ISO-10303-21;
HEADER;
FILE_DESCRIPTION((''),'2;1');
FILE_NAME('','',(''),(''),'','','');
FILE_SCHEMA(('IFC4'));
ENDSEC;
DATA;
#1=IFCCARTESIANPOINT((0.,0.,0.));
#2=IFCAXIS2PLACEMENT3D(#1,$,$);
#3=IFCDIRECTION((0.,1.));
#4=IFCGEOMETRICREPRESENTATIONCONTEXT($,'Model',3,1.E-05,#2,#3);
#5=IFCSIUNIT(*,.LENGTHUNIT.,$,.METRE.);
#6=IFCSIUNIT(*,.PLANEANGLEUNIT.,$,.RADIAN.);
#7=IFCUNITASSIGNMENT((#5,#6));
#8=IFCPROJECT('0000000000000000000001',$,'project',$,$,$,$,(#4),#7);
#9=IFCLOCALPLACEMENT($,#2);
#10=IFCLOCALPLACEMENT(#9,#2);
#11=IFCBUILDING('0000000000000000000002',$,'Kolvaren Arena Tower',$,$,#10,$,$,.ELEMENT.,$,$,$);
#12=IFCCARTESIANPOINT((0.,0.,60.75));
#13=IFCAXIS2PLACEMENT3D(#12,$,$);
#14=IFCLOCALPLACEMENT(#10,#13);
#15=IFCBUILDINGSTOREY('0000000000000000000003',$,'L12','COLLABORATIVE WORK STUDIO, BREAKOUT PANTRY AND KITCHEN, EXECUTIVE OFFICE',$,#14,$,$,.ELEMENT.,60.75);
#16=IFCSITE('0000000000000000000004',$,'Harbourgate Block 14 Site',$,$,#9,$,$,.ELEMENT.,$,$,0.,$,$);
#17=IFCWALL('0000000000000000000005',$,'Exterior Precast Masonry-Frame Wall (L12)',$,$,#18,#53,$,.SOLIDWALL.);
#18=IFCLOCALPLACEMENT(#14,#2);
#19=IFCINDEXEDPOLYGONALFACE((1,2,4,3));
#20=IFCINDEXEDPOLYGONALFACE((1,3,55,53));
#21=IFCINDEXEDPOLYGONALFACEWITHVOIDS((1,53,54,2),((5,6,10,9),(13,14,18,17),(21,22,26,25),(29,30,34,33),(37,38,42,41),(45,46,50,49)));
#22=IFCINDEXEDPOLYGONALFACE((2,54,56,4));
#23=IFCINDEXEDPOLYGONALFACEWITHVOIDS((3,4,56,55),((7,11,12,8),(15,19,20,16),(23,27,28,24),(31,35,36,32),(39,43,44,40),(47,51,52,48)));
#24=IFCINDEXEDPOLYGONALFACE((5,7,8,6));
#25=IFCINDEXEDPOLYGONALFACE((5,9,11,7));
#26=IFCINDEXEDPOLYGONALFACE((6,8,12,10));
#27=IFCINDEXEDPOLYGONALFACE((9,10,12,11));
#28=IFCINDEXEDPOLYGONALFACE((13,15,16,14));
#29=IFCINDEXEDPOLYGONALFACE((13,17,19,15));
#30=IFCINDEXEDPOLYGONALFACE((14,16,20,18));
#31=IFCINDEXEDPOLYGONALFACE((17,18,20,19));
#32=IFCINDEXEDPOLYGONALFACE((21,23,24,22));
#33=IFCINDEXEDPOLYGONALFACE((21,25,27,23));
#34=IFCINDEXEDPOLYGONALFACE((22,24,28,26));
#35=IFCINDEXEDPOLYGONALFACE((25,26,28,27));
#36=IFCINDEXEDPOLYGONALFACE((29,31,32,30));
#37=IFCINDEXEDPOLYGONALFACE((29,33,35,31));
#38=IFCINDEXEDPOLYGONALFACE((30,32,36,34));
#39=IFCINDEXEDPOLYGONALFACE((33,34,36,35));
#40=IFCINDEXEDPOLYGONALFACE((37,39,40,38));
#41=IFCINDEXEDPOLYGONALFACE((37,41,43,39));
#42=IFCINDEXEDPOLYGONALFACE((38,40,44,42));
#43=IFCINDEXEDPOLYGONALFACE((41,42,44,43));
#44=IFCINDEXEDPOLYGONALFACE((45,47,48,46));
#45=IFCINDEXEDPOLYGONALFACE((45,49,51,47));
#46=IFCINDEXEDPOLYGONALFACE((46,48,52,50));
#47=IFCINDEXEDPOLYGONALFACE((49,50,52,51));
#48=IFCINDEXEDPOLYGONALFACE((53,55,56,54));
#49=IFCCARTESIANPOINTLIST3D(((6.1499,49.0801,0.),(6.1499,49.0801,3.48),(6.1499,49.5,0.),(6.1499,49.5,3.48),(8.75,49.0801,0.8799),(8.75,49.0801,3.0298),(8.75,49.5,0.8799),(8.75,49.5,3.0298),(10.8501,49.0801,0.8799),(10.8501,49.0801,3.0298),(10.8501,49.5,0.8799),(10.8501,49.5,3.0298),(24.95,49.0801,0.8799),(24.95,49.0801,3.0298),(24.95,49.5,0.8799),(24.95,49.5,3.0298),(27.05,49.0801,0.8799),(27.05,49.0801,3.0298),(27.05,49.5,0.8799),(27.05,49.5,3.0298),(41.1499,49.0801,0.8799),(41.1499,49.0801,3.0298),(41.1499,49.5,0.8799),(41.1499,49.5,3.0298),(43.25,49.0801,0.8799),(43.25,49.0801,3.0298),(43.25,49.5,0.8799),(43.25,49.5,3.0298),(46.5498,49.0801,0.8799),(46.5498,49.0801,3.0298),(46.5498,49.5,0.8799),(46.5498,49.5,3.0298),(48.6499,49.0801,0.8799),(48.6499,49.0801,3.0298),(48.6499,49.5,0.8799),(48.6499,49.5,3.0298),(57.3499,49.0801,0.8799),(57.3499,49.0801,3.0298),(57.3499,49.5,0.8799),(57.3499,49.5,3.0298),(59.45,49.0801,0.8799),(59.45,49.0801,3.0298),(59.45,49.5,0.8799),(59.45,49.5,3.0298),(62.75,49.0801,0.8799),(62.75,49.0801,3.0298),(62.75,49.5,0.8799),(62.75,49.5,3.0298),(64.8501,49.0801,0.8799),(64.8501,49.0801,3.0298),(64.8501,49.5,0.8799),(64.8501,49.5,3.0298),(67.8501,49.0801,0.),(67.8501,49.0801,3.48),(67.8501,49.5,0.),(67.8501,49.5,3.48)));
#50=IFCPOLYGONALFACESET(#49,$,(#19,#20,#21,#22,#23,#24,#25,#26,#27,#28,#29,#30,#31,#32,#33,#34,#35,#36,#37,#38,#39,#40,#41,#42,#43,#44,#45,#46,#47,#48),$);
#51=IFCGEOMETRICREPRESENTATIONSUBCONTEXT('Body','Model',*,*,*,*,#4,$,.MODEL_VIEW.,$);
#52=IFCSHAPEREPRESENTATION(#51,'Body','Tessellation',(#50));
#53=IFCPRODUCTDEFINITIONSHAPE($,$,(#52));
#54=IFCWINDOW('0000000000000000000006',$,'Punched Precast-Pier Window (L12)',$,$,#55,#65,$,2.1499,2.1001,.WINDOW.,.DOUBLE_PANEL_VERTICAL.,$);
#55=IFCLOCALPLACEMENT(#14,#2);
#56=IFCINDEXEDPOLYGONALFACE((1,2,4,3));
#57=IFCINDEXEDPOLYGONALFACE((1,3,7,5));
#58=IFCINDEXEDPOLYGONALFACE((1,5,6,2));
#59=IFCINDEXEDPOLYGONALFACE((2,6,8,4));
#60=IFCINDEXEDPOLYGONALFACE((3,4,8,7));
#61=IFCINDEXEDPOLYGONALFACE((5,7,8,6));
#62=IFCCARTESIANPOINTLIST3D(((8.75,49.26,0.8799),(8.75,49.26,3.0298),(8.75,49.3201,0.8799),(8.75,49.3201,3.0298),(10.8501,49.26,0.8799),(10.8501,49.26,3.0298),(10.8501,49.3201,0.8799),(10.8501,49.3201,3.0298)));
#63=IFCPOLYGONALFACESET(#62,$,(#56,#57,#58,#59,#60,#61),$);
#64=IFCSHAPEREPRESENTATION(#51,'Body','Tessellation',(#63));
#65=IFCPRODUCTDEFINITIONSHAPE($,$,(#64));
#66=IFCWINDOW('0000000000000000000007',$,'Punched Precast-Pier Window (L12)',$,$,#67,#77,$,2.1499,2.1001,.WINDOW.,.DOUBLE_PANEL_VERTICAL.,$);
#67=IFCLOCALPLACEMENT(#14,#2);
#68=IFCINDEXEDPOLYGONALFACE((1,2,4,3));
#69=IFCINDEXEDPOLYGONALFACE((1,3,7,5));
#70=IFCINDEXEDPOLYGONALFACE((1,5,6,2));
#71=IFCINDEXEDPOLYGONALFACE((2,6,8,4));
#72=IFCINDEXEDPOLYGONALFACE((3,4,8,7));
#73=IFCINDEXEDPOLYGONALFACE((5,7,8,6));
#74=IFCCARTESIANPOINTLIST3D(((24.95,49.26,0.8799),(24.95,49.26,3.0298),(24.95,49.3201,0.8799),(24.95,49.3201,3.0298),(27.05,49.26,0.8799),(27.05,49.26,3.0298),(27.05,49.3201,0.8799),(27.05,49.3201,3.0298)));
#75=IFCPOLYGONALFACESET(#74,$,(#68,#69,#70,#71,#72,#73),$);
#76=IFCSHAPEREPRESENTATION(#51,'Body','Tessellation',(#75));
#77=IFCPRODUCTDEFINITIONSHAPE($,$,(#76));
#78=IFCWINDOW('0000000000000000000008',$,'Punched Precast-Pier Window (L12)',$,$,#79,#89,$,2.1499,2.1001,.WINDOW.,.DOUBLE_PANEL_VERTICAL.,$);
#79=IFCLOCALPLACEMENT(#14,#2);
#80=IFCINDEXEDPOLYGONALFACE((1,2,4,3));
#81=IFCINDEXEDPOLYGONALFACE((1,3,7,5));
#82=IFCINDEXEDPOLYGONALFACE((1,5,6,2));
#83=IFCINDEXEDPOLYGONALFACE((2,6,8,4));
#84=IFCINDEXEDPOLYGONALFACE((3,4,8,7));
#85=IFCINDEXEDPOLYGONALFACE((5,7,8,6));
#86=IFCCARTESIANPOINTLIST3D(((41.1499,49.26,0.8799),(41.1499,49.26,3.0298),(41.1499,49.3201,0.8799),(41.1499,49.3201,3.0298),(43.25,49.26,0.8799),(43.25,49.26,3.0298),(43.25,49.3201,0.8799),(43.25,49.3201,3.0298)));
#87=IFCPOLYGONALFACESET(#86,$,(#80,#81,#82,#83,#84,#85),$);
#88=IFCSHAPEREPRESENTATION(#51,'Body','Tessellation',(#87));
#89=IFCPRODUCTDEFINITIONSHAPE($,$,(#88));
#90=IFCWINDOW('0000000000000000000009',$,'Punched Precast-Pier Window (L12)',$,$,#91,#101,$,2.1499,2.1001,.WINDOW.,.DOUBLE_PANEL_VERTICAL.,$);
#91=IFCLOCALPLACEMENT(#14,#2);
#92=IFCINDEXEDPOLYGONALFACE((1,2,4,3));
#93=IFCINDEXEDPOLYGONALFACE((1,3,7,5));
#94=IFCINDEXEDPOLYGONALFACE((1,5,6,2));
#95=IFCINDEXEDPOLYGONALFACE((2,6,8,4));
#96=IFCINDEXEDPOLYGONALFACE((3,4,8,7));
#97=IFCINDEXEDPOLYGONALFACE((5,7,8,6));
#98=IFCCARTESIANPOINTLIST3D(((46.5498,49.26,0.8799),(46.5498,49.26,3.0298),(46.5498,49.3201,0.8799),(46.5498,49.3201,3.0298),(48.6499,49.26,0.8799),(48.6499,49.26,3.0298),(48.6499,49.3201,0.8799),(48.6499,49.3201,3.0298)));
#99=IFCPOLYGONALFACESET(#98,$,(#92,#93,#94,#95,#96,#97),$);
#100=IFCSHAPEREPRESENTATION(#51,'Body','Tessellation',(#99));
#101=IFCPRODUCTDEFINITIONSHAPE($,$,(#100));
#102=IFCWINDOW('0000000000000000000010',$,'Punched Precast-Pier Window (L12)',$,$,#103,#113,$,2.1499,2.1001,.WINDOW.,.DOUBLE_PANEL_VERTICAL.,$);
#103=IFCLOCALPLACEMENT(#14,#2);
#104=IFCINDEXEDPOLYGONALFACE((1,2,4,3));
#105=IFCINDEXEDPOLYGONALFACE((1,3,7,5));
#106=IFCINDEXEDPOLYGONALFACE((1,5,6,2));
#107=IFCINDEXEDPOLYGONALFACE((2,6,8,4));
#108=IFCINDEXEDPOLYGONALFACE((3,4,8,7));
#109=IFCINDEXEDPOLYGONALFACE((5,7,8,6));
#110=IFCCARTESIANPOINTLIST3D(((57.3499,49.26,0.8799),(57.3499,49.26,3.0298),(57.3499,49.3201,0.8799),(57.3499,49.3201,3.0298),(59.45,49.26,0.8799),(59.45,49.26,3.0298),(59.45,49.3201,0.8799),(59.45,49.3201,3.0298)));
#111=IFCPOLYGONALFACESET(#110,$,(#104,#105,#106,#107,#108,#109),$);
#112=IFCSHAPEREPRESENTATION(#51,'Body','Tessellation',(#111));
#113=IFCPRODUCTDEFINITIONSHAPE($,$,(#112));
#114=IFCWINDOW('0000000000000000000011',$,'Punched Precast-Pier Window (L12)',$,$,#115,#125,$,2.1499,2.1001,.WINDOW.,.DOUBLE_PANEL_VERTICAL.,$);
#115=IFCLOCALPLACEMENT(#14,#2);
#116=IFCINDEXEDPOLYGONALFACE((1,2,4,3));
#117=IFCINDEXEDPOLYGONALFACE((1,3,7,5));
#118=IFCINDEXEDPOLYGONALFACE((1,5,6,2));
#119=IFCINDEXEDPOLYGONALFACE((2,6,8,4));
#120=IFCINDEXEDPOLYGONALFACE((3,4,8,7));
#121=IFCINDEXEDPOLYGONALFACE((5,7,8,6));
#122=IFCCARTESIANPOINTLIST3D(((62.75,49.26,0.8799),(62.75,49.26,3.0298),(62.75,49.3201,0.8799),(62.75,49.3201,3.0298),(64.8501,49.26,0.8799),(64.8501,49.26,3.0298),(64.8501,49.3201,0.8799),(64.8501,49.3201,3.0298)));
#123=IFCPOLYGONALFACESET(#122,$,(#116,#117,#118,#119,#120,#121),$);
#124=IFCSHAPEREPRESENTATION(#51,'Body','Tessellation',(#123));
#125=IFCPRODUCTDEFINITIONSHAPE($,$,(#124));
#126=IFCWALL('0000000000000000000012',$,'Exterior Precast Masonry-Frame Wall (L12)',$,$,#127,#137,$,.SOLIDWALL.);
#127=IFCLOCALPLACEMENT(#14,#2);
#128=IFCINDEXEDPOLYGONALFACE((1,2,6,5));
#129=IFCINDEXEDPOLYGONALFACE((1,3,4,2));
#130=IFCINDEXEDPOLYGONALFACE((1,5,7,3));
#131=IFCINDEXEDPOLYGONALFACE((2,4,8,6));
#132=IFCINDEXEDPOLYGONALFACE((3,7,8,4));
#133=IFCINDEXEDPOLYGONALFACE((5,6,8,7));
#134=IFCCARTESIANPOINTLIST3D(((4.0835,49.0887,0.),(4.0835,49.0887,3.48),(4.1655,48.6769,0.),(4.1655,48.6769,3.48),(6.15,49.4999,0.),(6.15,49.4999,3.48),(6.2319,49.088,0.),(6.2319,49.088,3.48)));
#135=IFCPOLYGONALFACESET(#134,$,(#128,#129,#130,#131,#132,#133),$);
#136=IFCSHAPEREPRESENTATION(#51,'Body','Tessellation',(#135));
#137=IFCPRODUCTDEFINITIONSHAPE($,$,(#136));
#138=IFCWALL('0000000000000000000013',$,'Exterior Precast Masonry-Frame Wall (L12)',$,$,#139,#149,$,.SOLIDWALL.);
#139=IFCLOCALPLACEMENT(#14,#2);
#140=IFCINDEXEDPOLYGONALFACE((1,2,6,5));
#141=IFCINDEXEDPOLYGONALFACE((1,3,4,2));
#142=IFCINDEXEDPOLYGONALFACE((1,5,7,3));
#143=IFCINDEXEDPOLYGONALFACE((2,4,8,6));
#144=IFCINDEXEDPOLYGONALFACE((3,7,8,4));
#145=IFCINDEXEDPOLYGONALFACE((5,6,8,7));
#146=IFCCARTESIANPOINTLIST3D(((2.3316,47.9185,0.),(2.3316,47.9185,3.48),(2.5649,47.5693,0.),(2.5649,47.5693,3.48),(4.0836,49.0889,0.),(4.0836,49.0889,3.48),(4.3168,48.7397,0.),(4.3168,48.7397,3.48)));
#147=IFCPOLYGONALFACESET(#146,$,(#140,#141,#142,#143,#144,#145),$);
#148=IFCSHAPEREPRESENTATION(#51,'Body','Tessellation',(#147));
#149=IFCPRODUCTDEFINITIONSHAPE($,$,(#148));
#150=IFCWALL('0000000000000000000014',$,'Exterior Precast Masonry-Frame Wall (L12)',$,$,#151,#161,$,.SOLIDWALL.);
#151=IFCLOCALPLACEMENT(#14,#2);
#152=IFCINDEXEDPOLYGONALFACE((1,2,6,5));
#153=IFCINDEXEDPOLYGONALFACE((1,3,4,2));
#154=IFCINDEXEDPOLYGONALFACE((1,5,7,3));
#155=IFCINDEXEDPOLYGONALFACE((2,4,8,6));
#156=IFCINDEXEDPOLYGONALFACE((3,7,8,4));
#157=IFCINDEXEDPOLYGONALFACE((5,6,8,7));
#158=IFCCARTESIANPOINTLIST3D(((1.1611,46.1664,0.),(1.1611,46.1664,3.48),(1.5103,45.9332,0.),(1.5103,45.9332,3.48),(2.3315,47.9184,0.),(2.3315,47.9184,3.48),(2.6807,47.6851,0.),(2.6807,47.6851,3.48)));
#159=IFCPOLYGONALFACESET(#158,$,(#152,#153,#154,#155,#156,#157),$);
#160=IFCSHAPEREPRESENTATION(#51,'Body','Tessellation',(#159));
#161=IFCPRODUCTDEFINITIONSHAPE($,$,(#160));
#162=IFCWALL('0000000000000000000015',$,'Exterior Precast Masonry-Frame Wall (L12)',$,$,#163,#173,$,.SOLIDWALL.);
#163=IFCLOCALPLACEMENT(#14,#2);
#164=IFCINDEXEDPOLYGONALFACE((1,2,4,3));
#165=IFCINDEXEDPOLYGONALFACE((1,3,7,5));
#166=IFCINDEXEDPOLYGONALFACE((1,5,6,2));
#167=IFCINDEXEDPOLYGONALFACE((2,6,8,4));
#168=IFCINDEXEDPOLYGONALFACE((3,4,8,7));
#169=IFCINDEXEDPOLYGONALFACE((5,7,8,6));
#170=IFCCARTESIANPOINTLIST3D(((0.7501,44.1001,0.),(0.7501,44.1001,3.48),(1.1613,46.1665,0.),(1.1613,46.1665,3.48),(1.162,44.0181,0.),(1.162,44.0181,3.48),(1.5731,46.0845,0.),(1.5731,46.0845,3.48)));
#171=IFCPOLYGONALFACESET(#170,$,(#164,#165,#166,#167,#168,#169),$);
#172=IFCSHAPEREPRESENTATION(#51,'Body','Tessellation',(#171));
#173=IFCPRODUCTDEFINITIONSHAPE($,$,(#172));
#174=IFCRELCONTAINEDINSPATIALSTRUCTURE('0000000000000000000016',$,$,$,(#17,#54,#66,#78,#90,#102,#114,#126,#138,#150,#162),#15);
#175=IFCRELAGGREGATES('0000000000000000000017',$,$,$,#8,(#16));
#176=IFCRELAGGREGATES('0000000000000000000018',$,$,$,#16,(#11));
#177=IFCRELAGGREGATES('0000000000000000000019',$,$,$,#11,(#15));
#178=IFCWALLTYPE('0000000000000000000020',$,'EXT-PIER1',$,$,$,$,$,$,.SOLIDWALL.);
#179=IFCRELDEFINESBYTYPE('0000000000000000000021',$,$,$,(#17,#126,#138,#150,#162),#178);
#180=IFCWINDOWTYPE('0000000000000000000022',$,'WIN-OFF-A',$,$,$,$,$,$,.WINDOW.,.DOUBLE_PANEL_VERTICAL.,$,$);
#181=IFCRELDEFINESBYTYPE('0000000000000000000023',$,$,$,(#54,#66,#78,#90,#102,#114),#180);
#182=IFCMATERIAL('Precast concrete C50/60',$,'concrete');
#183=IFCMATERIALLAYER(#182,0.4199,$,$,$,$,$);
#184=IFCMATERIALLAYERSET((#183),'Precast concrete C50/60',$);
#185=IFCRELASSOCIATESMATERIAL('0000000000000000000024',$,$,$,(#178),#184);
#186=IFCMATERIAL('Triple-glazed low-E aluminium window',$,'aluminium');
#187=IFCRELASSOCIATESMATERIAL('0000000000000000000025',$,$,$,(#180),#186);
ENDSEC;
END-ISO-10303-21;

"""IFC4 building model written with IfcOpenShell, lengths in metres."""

from ifc_helpers import new_model, si_unit, direction, frame, frame_2d, origin, place, context, subcontext, project, spatial, rectangle, extrude, material, layer, layer_set, type_object, element, fill, save


model = new_model("IFC4")

# Units and contexts
model_context = context("Model", 3, precision=1e-05, world=origin(), true_north=direction((0.0, 1.0)))
body_context = subcontext(model_context, "Body", "Model", "MODEL_VIEW")
ifc_project = project(units=[si_unit("LENGTHUNIT", "METRE"), si_unit("PLANEANGLEUNIT", "RADIAN")], contexts=[model_context])

# Site, building, storey
site_placement = place(None, origin())
site = spatial("IfcSite", under=ifc_project, at=site_placement, Name="Harbourgate Block 14 Site", CompositionType="ELEMENT", RefElevation=0.0)
building_placement = place(site_placement, origin())
building = spatial("IfcBuilding", under=site, at=building_placement, Name="Kolvaren Arena Tower", CompositionType="ELEMENT")
storey_placement = place(building_placement, frame((0.0, 0.0, 60.75)))
storey = spatial("IfcBuildingStorey", under=building, at=storey_placement, Name="L12", Description="COLLABORATIVE WORK STUDIO, BREAKOUT PANTRY AND KITCHEN, EXECUTIVE OFFICE", CompositionType="ELEMENT", Elevation=60.75)

# Wall, openings, windows
ifc_material_1 = material(Name="Precast concrete C50/60", Category="concrete")
ifc_layer = layer(ifc_material_1, 0.4199)
ifc_layer_set = layer_set([ifc_layer], Name="Precast concrete C50/60")
wall_type = type_object("IfcWallType", Name="EXT-PIER1", PredefinedType="SOLIDWALL", material=ifc_layer_set)
wall_placement = place(storey_placement, frame((6.1499, 49.29, 0.0), z_axis=(0.0, 0.0, 1.0), x_axis=(1.0, 0.0, 0.0)))
wall = element("IfcWall", 1, at=wall_placement, inside=storey, type_object=wall_type, Name="Exterior Precast Masonry-Frame Wall (L12)", PredefinedType="SOLIDWALL", context=body_context, shape_type="SweptSolid", body=[
    extrude(rectangle(XDim=61.7002, YDim=0.4199, at=frame_2d((30.8501, 0.0))), origin(), (0.0, 0.0, 1.0), 3.48),
])
opening_1_placement = place(wall_placement, frame((2.6001, 0.0, 0.8799)))
opening_1 = element("IfcOpeningElement", 2, at=opening_1_placement, cuts=wall, PredefinedType="OPENING", context=body_context, shape_type="SweptSolid", body=[
    extrude(rectangle(XDim=2.1001, YDim=2.1499, at=frame_2d((1.05, 1.075))), frame((0.0, 0.22, 0.0), z_axis=(0.0, -1.0, 0.0), x_axis=(1.0, 0.0, 0.0)), (0.0, 0.0, 1.0), 0.4399),
])
opening_2_placement = place(wall_placement, frame((18.8, 0.0, 0.8799)))
opening_2 = element("IfcOpeningElement", 3, at=opening_2_placement, cuts=wall, PredefinedType="OPENING", context=body_context, shape_type="SweptSolid", body=[
    extrude(rectangle(XDim=2.1001, YDim=2.1499, at=frame_2d((1.05, 1.075))), frame((0.0, 0.22, 0.0), z_axis=(0.0, -1.0, 0.0), x_axis=(1.0, 0.0, 0.0)), (0.0, 0.0, 1.0), 0.4399),
])
opening_3_placement = place(wall_placement, frame((35.0, 0.0, 0.8799)))
opening_3 = element("IfcOpeningElement", 4, at=opening_3_placement, cuts=wall, PredefinedType="OPENING", context=body_context, shape_type="SweptSolid", body=[
    extrude(rectangle(XDim=2.1001, YDim=2.1499, at=frame_2d((1.05, 1.075))), frame((0.0, 0.22, 0.0), z_axis=(0.0, -1.0, 0.0), x_axis=(1.0, 0.0, 0.0)), (0.0, 0.0, 1.0), 0.4399),
])
opening_4_placement = place(wall_placement, frame((40.3999, 0.0, 0.8799)))
opening_4 = element("IfcOpeningElement", 5, at=opening_4_placement, cuts=wall, PredefinedType="OPENING", context=body_context, shape_type="SweptSolid", body=[
    extrude(rectangle(XDim=2.1001, YDim=2.1499, at=frame_2d((1.05, 1.075))), frame((0.0, 0.22, 0.0), z_axis=(0.0, -1.0, 0.0), x_axis=(1.0, 0.0, 0.0)), (0.0, 0.0, 1.0), 0.4399),
])
opening_5_placement = place(wall_placement, frame((51.2, 0.0, 0.8799)))
opening_5 = element("IfcOpeningElement", 6, at=opening_5_placement, cuts=wall, PredefinedType="OPENING", context=body_context, shape_type="SweptSolid", body=[
    extrude(rectangle(XDim=2.1001, YDim=2.1499, at=frame_2d((1.05, 1.075))), frame((0.0, 0.22, 0.0), z_axis=(0.0, -1.0, 0.0), x_axis=(1.0, 0.0, 0.0)), (0.0, 0.0, 1.0), 0.4399),
])
opening_6_placement = place(wall_placement, frame((56.6001, 0.0, 0.8799)))
opening_6 = element("IfcOpeningElement", 7, at=opening_6_placement, cuts=wall, PredefinedType="OPENING", context=body_context, shape_type="SweptSolid", body=[
    extrude(rectangle(XDim=2.1001, YDim=2.1499, at=frame_2d((1.05, 1.075))), frame((0.0, 0.22, 0.0), z_axis=(0.0, -1.0, 0.0), x_axis=(1.0, 0.0, 0.0)), (0.0, 0.0, 1.0), 0.4399),
])
ifc_material_2 = material(Name="Triple-glazed low-E aluminium window", Category="aluminium")
window_type = type_object("IfcWindowType", Name="WIN-OFF-A", PartitioningType="DOUBLE_PANEL_VERTICAL", PredefinedType="WINDOW", material=ifc_material_2)
window_1_placement = place(opening_1_placement, origin())
window_1 = element("IfcWindow", 8, at=window_1_placement, inside=storey, type_object=window_type, Name="Punched Precast-Pier Window (L12)", OverallHeight=2.1499, OverallWidth=2.1001, PartitioningType="DOUBLE_PANEL_VERTICAL", PredefinedType="WINDOW", context=body_context, shape_type="SweptSolid", body=[
    extrude(rectangle(XDim=2.1001, YDim=2.1499, at=frame_2d((1.05, 1.075))), frame((0.0, 0.03, 0.0), z_axis=(0.0, -1.0, 0.0), x_axis=(1.0, 0.0, 0.0)), (0.0, 0.0, 1.0), 0.0601),
])
fill(opening_1, window_1)
window_2_placement = place(opening_2_placement, origin())
window_2 = element("IfcWindow", 9, at=window_2_placement, inside=storey, type_object=window_type, Name="Punched Precast-Pier Window (L12)", OverallHeight=2.1499, OverallWidth=2.1001, PartitioningType="DOUBLE_PANEL_VERTICAL", PredefinedType="WINDOW", context=body_context, shape_type="SweptSolid", body=[
    extrude(rectangle(XDim=2.1001, YDim=2.1499, at=frame_2d((1.05, 1.075))), frame((0.0, 0.03, 0.0), z_axis=(0.0, -1.0, 0.0), x_axis=(1.0, 0.0, 0.0)), (0.0, 0.0, 1.0), 0.0601),
])
fill(opening_2, window_2)
window_3_placement = place(opening_3_placement, origin())
window_3 = element("IfcWindow", 10, at=window_3_placement, inside=storey, type_object=window_type, Name="Punched Precast-Pier Window (L12)", OverallHeight=2.1499, OverallWidth=2.1001, PartitioningType="DOUBLE_PANEL_VERTICAL", PredefinedType="WINDOW", context=body_context, shape_type="SweptSolid", body=[
    extrude(rectangle(XDim=2.1001, YDim=2.1499, at=frame_2d((1.05, 1.075))), frame((0.0, 0.03, 0.0), z_axis=(0.0, -1.0, 0.0), x_axis=(1.0, 0.0, 0.0)), (0.0, 0.0, 1.0), 0.0601),
])
fill(opening_3, window_3)
window_4_placement = place(opening_4_placement, origin())
window_4 = element("IfcWindow", 11, at=window_4_placement, inside=storey, type_object=window_type, Name="Punched Precast-Pier Window (L12)", OverallHeight=2.1499, OverallWidth=2.1001, PartitioningType="DOUBLE_PANEL_VERTICAL", PredefinedType="WINDOW", context=body_context, shape_type="SweptSolid", body=[
    extrude(rectangle(XDim=2.1001, YDim=2.1499, at=frame_2d((1.05, 1.075))), frame((0.0, 0.03, 0.0), z_axis=(0.0, -1.0, 0.0), x_axis=(1.0, 0.0, 0.0)), (0.0, 0.0, 1.0), 0.0601),
])
fill(opening_4, window_4)
window_5_placement = place(opening_5_placement, origin())
window_5 = element("IfcWindow", 12, at=window_5_placement, inside=storey, type_object=window_type, Name="Punched Precast-Pier Window (L12)", OverallHeight=2.1499, OverallWidth=2.1001, PartitioningType="DOUBLE_PANEL_VERTICAL", PredefinedType="WINDOW", context=body_context, shape_type="SweptSolid", body=[
    extrude(rectangle(XDim=2.1001, YDim=2.1499, at=frame_2d((1.05, 1.075))), frame((0.0, 0.03, 0.0), z_axis=(0.0, -1.0, 0.0), x_axis=(1.0, 0.0, 0.0)), (0.0, 0.0, 1.0), 0.0601),
])
fill(opening_5, window_5)
window_6_placement = place(opening_6_placement, origin())
window_6 = element("IfcWindow", 13, at=window_6_placement, inside=storey, type_object=window_type, Name="Punched Precast-Pier Window (L12)", OverallHeight=2.1499, OverallWidth=2.1001, PartitioningType="DOUBLE_PANEL_VERTICAL", PredefinedType="WINDOW", context=body_context, shape_type="SweptSolid", body=[
    extrude(rectangle(XDim=2.1001, YDim=2.1499, at=frame_2d((1.05, 1.075))), frame((0.0, 0.03, 0.0), z_axis=(0.0, -1.0, 0.0), x_axis=(1.0, 0.0, 0.0)), (0.0, 0.0, 1.0), 0.0601),
])
fill(opening_6, window_6)

# Walls
for number, where, z_axis, x_axis, name in (
    (14, (4.1245, 48.8828, 0.0), (0.0, 0.0, 1.0), (0.980776, 0.195136, 0.0), "Exterior Precast Masonry-Frame Wall (L12)"),
    (15, (2.4482, 47.7439, 0.0), (0.0, 0.0, 1.0), (0.831515, 0.555502, 0.0), "Exterior Precast Masonry-Frame Wall (L12)"),
    (16, (1.3357, 46.0498, 0.0), (0.0, 0.0, 1.0), (0.555502, 0.831515, 0.0), "Exterior Precast Masonry-Frame Wall (L12)"),
    (17, (0.9561, 44.0591, 0.0), (0.0, 0.0, 1.0), (0.195136, 0.980776, 0.0), "Exterior Precast Masonry-Frame Wall (L12)"),
):
    element("IfcWall", number, at=place(storey_placement, frame(where, z_axis=z_axis, x_axis=x_axis)), inside=storey, type_object=wall_type, Name=name, PredefinedType="SOLIDWALL", context=body_context, shape_type="SweptSolid", body=[
        extrude(rectangle(XDim=2.1069, YDim=0.4199, at=frame_2d((1.0535, 0.0))), origin(), (0.0, 0.0, 1.0), 3.48),
    ])

save(model, "model.ifc")
